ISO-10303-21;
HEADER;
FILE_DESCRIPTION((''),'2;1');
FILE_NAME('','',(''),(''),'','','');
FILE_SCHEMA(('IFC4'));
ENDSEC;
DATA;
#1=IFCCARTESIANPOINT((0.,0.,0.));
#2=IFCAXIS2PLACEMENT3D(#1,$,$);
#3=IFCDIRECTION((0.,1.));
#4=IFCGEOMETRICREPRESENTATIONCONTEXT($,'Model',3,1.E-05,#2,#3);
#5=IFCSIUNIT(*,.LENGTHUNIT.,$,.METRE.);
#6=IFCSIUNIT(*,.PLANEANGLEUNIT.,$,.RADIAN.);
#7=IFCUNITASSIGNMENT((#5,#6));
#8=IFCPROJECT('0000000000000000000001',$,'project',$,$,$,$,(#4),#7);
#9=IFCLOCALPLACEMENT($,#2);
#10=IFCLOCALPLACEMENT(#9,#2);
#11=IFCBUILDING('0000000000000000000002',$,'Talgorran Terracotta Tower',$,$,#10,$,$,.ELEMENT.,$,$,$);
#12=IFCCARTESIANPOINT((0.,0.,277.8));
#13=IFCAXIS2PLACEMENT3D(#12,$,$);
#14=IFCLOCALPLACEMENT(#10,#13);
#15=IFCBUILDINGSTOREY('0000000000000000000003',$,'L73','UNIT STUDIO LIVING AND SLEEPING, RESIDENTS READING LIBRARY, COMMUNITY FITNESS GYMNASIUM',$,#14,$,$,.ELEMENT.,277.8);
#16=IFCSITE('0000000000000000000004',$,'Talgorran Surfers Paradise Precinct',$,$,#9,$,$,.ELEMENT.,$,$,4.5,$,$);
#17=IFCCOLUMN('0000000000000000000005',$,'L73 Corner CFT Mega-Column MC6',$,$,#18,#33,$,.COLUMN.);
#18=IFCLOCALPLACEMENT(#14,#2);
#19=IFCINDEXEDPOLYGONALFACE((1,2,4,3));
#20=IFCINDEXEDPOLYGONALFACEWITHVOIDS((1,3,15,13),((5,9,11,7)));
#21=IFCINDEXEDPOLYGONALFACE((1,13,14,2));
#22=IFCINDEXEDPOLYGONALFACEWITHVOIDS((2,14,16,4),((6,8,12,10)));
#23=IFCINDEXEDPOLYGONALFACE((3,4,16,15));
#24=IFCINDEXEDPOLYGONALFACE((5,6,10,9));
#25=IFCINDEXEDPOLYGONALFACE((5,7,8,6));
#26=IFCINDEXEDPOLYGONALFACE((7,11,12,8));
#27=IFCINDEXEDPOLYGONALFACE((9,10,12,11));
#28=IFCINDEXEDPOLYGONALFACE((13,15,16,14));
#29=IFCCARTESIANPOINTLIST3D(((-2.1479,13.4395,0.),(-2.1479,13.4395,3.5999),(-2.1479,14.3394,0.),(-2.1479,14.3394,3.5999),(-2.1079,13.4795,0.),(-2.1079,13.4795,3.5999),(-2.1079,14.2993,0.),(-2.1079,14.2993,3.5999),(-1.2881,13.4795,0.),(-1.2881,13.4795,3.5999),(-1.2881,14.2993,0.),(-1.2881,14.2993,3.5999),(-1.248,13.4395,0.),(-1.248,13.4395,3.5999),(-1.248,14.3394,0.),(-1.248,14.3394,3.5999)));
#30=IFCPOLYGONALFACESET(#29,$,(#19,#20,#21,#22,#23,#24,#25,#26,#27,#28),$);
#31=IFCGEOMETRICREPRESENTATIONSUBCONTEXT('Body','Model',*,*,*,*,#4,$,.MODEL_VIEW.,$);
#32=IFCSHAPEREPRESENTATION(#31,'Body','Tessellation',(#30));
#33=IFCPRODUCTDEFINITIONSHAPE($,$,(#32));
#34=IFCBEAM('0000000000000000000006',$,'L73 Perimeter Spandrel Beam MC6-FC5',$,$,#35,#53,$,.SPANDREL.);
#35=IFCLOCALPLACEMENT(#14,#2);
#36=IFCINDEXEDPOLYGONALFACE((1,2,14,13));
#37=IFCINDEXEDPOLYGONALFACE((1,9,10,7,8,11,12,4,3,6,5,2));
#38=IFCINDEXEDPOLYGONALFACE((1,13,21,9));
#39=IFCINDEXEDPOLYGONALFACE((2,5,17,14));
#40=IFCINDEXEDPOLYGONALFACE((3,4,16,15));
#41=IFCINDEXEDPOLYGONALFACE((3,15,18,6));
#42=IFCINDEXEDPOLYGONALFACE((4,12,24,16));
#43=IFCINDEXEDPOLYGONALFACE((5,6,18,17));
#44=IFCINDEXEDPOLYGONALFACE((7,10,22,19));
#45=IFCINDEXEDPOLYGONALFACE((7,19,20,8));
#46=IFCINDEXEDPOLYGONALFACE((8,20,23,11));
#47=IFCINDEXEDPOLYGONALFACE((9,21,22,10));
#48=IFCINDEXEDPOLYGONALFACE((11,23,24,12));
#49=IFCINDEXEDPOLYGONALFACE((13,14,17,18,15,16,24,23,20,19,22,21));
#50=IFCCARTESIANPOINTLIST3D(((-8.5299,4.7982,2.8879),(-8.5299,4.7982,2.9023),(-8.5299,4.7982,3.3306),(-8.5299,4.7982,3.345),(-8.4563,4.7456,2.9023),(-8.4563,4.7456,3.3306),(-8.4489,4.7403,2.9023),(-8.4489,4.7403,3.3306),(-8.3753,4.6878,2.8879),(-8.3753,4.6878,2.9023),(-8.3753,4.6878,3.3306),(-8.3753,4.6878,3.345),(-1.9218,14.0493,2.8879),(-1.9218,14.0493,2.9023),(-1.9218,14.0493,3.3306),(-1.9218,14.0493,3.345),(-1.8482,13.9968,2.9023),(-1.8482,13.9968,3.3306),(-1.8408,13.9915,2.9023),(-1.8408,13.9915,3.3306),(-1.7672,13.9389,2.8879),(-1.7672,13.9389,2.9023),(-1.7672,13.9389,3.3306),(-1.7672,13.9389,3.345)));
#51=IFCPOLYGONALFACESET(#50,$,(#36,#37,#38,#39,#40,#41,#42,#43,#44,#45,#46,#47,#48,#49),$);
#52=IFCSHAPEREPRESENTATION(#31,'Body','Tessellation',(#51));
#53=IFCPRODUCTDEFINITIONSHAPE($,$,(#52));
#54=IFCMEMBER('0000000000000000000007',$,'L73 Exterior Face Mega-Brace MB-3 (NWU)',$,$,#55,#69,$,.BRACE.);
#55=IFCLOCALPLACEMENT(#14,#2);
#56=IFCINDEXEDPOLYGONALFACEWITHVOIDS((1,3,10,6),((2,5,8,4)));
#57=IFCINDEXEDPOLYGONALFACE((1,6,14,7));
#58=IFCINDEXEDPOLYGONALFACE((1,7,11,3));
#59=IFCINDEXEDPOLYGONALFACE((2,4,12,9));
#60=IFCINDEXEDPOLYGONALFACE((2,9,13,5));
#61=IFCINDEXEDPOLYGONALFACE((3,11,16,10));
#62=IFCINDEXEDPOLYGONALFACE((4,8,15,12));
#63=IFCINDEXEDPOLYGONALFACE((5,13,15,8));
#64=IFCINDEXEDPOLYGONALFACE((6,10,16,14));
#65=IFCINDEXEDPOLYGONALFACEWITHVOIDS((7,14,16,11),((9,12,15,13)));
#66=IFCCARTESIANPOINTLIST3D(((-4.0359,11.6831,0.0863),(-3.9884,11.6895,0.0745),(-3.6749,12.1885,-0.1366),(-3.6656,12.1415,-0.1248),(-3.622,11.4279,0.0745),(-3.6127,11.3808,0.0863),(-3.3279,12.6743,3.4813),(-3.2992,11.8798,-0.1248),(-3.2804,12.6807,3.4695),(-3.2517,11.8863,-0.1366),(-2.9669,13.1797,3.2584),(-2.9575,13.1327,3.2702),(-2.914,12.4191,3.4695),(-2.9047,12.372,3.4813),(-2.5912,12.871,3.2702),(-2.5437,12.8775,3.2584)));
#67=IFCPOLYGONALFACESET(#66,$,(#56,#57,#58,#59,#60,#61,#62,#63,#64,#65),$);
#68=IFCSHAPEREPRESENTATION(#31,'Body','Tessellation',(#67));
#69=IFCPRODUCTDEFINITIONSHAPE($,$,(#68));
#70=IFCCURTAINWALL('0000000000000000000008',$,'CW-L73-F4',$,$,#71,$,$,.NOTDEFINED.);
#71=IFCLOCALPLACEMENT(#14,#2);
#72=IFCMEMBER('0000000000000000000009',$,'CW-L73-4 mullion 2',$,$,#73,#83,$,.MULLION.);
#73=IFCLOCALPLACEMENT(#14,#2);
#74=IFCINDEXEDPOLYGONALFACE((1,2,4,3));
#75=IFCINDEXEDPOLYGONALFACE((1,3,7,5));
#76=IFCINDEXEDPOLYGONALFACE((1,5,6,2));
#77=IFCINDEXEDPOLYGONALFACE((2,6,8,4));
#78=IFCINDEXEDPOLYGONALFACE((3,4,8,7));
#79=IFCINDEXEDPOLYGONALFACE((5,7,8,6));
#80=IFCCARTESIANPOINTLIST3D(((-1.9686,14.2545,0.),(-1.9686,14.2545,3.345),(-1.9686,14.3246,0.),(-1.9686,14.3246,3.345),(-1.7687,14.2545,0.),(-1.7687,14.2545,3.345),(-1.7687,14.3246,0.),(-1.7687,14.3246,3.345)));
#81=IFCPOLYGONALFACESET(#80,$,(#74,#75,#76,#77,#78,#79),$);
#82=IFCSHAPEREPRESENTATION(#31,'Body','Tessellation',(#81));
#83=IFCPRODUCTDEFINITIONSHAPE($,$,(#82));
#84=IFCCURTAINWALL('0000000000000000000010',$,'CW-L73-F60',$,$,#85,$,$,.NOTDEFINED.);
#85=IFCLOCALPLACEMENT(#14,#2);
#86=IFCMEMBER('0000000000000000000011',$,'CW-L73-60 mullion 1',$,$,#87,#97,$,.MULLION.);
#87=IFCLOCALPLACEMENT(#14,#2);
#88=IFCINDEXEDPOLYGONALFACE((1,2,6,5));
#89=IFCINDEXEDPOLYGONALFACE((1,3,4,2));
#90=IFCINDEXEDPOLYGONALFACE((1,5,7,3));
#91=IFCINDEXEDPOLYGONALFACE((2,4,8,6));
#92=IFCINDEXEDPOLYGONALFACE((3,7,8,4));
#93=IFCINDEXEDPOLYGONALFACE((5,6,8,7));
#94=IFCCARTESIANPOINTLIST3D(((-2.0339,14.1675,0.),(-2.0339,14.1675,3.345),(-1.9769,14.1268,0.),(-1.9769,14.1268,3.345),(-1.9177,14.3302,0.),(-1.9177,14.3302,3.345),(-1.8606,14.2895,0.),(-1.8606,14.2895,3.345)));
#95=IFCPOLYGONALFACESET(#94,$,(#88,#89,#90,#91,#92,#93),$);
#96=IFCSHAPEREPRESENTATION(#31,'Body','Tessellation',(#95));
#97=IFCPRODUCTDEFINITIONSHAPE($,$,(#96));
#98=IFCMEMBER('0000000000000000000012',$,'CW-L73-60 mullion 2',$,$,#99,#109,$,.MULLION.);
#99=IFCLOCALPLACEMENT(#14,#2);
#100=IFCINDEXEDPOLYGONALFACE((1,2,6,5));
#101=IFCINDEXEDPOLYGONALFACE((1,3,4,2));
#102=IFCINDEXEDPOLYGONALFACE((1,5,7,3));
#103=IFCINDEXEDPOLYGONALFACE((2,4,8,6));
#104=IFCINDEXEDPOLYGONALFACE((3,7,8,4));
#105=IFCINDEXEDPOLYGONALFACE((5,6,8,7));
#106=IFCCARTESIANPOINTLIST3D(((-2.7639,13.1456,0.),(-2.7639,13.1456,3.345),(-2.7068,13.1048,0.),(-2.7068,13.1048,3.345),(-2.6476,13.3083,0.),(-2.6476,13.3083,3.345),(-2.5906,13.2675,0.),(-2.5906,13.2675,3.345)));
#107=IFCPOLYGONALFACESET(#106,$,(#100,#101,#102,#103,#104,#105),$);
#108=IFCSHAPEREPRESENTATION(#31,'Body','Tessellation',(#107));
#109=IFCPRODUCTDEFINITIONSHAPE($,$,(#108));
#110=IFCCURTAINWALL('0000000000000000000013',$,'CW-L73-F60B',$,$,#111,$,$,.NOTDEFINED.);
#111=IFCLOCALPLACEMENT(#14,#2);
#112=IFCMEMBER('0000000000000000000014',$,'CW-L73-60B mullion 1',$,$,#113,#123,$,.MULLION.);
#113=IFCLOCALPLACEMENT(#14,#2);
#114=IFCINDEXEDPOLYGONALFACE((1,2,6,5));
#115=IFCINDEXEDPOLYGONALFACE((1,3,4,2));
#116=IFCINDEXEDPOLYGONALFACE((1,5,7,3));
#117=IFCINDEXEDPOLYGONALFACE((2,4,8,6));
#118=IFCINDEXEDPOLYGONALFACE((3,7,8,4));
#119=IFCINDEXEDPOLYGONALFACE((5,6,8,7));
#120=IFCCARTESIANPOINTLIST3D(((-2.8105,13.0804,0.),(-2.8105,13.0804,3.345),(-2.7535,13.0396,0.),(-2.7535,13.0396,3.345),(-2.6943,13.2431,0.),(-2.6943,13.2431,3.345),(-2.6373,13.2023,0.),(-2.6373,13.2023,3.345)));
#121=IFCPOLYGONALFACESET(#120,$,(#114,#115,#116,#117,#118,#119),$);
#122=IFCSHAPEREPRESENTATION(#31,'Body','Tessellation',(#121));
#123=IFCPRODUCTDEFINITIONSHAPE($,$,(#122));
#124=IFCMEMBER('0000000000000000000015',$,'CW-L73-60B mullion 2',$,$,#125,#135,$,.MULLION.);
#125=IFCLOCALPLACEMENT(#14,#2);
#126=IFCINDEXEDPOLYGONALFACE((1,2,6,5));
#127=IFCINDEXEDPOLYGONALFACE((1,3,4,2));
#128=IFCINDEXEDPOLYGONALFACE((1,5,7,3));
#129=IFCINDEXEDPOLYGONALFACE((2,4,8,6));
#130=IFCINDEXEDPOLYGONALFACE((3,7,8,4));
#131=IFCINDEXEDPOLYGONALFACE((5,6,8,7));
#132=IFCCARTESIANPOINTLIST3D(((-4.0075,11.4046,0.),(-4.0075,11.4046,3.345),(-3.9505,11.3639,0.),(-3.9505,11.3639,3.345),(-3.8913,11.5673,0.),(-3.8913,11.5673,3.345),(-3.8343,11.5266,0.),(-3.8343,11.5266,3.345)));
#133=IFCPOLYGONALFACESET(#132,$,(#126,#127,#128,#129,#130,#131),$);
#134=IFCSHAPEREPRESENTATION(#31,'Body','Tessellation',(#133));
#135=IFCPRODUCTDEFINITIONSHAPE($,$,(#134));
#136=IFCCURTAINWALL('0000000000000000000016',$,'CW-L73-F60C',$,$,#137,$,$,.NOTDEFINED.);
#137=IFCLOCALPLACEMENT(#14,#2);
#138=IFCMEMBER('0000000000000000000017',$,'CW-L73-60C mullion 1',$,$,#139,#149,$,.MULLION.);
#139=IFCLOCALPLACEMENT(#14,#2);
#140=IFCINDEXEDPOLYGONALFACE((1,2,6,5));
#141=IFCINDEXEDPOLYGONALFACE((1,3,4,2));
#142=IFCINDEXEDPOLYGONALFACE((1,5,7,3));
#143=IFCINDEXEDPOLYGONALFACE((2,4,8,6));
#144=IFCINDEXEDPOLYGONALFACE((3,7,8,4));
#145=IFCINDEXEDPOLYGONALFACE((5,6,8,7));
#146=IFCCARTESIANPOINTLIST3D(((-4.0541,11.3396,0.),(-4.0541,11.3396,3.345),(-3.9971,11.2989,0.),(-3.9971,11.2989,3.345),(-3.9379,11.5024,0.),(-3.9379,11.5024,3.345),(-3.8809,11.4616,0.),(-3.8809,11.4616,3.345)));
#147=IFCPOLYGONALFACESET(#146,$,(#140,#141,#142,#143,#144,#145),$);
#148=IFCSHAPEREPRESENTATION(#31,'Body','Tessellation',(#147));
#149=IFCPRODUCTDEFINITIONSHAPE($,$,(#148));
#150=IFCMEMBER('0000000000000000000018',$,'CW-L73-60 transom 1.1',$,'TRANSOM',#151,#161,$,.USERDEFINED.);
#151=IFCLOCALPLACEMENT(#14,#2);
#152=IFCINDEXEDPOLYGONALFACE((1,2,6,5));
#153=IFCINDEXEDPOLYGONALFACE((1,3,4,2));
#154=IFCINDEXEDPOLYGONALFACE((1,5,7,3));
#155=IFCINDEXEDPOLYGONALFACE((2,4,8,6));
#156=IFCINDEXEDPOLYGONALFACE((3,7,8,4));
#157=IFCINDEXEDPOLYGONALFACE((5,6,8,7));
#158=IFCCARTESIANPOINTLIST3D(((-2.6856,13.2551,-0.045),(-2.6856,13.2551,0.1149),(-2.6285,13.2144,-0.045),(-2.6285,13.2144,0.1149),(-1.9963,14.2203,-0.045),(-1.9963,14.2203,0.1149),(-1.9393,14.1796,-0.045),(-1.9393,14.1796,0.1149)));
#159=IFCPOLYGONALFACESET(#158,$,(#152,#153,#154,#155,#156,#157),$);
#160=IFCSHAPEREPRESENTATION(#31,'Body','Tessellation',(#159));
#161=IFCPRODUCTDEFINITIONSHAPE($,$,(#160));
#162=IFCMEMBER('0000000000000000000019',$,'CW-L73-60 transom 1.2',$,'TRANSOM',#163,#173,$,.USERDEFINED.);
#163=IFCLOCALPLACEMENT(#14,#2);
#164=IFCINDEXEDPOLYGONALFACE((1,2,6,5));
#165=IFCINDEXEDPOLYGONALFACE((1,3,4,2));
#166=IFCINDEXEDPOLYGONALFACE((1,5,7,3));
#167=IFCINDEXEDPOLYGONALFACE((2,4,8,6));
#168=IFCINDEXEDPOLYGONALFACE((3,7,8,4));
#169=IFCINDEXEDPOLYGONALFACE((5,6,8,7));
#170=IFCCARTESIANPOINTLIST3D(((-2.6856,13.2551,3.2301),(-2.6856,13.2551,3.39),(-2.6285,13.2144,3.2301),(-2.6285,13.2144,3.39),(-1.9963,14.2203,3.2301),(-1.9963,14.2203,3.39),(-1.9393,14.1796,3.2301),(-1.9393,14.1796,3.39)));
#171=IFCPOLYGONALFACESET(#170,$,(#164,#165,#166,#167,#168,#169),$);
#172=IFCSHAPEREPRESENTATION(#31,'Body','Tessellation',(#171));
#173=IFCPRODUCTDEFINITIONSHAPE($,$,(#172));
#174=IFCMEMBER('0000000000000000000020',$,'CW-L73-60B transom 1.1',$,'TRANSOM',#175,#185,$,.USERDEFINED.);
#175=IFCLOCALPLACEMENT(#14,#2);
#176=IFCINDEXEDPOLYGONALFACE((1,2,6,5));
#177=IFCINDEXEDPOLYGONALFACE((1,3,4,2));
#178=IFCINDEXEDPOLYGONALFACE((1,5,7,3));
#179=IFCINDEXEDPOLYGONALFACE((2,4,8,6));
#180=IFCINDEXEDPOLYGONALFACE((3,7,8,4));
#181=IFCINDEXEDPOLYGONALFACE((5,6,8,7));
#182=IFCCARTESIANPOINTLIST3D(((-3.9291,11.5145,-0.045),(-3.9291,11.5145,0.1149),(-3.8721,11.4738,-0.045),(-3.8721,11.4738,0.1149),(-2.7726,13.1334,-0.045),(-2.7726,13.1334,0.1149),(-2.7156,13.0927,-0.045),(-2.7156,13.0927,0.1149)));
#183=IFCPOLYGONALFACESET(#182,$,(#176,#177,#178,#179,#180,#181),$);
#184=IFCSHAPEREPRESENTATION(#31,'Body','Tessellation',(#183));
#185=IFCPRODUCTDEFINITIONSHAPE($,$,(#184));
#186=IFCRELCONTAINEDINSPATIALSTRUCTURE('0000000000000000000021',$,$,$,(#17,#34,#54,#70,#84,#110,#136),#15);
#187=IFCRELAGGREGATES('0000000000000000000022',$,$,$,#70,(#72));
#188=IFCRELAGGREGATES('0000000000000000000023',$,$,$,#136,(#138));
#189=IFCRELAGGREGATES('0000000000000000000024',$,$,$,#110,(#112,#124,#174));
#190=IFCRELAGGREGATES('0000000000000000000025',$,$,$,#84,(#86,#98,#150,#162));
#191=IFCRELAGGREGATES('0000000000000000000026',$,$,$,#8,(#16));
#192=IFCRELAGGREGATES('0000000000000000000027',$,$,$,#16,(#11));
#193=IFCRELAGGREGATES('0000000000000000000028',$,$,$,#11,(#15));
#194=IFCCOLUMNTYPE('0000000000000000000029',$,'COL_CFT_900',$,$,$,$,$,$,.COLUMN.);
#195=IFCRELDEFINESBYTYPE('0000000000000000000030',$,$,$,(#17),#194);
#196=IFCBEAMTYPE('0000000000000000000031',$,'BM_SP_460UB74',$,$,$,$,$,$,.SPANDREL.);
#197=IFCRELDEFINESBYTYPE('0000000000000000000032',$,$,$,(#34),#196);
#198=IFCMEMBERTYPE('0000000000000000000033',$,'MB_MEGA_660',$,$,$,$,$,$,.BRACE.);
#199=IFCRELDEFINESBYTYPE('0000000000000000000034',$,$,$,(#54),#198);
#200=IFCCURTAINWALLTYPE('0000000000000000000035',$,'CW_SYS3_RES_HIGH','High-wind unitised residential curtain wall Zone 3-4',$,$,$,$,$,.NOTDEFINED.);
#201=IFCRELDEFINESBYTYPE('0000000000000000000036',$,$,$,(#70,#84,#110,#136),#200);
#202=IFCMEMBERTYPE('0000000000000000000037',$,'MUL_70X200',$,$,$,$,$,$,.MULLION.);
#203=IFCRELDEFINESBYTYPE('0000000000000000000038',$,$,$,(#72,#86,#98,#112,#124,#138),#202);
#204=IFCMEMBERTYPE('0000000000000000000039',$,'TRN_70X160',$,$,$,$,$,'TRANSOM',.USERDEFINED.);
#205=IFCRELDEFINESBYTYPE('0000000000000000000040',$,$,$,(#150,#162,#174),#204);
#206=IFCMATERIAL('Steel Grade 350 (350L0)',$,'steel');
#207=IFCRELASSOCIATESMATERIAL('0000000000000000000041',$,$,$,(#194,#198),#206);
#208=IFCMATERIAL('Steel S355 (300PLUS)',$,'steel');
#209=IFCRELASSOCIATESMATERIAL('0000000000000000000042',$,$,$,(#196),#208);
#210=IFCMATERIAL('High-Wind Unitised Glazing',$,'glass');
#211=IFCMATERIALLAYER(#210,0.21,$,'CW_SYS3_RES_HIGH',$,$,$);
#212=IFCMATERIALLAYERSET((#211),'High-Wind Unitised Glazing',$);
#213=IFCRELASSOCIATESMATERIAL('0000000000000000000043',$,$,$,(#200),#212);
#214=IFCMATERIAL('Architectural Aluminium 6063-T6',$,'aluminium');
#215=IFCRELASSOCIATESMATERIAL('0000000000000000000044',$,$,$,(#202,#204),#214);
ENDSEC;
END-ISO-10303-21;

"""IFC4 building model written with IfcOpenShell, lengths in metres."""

from ifc_helpers import new_model, si_unit, direction, frame, origin, origin_2d, place, context, subcontext, project, spatial, rectangle, hollow_rectangle, i_section, extrude, material, layer, layer_set, material_profile, profile_set, type_object, element, aggregate, save


model = new_model("IFC4")

# Units and contexts
model_context = context("Model", 3, precision=1e-05, world=origin(), true_north=direction((0.0, 1.0)))
body_context = subcontext(model_context, "Body", "Model", "MODEL_VIEW")
ifc_project = project(units=[si_unit("LENGTHUNIT", "METRE"), si_unit("PLANEANGLEUNIT", "RADIAN")], contexts=[model_context])

# Site, building, storey
site_placement = place(None, origin())
site = spatial("IfcSite", under=ifc_project, at=site_placement, Name="Talgorran Surfers Paradise Precinct", CompositionType="ELEMENT", RefElevation=4.5)
building_placement = place(site_placement, origin())
building = spatial("IfcBuilding", under=site, at=building_placement, Name="Talgorran Terracotta Tower", CompositionType="ELEMENT")
storey_placement = place(building_placement, frame((0.0, 0.0, 277.8)))
storey = spatial("IfcBuildingStorey", under=building, at=storey_placement, Name="L73", Description="UNIT STUDIO LIVING AND SLEEPING, RESIDENTS READING LIBRARY, COMMUNITY FITNESS GYMNASIUM", CompositionType="ELEMENT", Elevation=277.8)

# Column
ifc_material_1 = material(Name="Steel Grade 350 (350L0)", Category="steel")
ifc_material_profile_1 = material_profile(ifc_material_1, hollow_rectangle(XDim=0.8999, YDim=0.8999, WallThickness=0.04, at=origin_2d()), Name="CFT900X900X40")
ifc_profile_set_1 = profile_set([ifc_material_profile_1], Name="Steel Grade 350 (350L0)")
column_type = type_object("IfcColumnType", Name="COL_CFT_900", PredefinedType="COLUMN", material=ifc_profile_set_1)
column_placement = place(storey_placement, frame((-1.698, 13.8894, 0.0), z_axis=(0.0, 0.0, 1.0), x_axis=(1.0, 0.0, 0.0)))
element("IfcColumn", 1, at=column_placement, inside=storey, type_object=column_type, Name="L73 Corner CFT Mega-Column MC6", PredefinedType="COLUMN", context=body_context, shape_type="SweptSolid", body=[
    extrude(hollow_rectangle(XDim=0.8999, YDim=0.8999, WallThickness=0.04, at=origin_2d()), origin(), (0.0, 0.0, 1.0), 3.5999),
])

# Beam
ifc_material_2 = material(Name="Steel S355 (300PLUS)", Category="steel")
ifc_material_profile_2 = material_profile(ifc_material_2, i_section(OverallWidth=0.1899, OverallDepth=0.457, WebThickness=0.009, FlangeThickness=0.0144, at=origin_2d()), Name="460UB74.6")
ifc_profile_set_2 = profile_set([ifc_material_profile_2], Name="Steel S355 (300PLUS)")
beam_type = type_object("IfcBeamType", Name="BM_SP_460UB74", PredefinedType="SPANDREL", material=ifc_profile_set_2)
beam_placement = place(storey_placement, frame((-1.8445, 13.9941, 3.1165), z_axis=(-0.581246, -0.813728, 0.0), x_axis=(0.813728, -0.581246, 0.0)))
element("IfcBeam", 2, at=beam_placement, inside=storey, type_object=beam_type, Name="L73 Perimeter Spandrel Beam MC6-FC5", PredefinedType="SPANDREL", context=body_context, shape_type="SweptSolid", body=[
    extrude(i_section(OverallWidth=0.1899, OverallDepth=0.457, WebThickness=0.009, FlangeThickness=0.0144, at=origin_2d()), origin(), (0.0, 0.0, 1.0), 11.3689),
])

# Member
ifc_material_profile_3 = material_profile(ifc_material_1, hollow_rectangle(XDim=0.52, YDim=0.6599, WallThickness=0.0349, at=origin_2d()), Name="WBOX660X520X35")
ifc_profile_set_3 = profile_set([ifc_material_profile_3], Name="Steel Grade 350 (350L0)")
member_type_1 = type_object("IfcMemberType", Name="MB_MEGA_660", PredefinedType="BRACE", material=ifc_profile_set_3)
member_1_placement = place(storey_placement, frame((-3.6438, 11.7847, -0.0251), z_axis=(0.196291, 0.274807, 0.94125), x_axis=(-0.813733, 0.581238, 0.0)))
element("IfcMember", 3, at=member_1_placement, inside=storey, type_object=member_type_1, Name="L73 Exterior Face Mega-Brace MB-3 (NWU)", PredefinedType="BRACE", context=body_context, shape_type="SweptSolid", body=[
    extrude(hollow_rectangle(XDim=0.52, YDim=0.6599, WallThickness=0.0349, at=origin_2d()), origin(), (0.0, 0.0, 1.0), 3.6069),
])

# Curtain wall, member
ifc_material_3 = material(Name="High-Wind Unitised Glazing", Category="glass")
ifc_layer_1 = layer(ifc_material_3, 0.21, Name="CW_SYS3_RES_HIGH")
ifc_layer_set_1 = layer_set([ifc_layer_1], Name="High-Wind Unitised Glazing")
curtain_wall_type = type_object("IfcCurtainWallType", Name="CW_SYS3_RES_HIGH", Description="High-wind unitised residential curtain wall Zone 3-4", PredefinedType="NOTDEFINED", material=ifc_layer_set_1)
curtain_wall_1_placement = place(storey_placement, origin())
curtain_wall_1 = element("IfcCurtainWall", 4, at=curtain_wall_1_placement, inside=storey, type_object=curtain_wall_type, Name="CW-L73-F4", PredefinedType="NOTDEFINED")
ifc_material_4 = material(Name="Architectural Aluminium 6063-T6", Category="aluminium")
ifc_material_profile_4 = material_profile(ifc_material_4, rectangle(XDim=0.0701, YDim=0.2, at=origin_2d()), Name="CWM70X200")
ifc_profile_set_4 = profile_set([ifc_material_profile_4], Name="Architectural Aluminium 6063-T6")
member_type_2 = type_object("IfcMemberType", Name="MUL_70X200", PredefinedType="MULLION", material=ifc_profile_set_4)
member_2_placement = place(storey_placement, frame((-1.8687, 14.2896, 0.0), z_axis=(0.0, 0.0, 1.0), x_axis=(0.0, -1.0, 0.0)))
member_2 = element("IfcMember", 5, at=member_2_placement, type_object=member_type_2, Name="CW-L73-4 mullion 2", PredefinedType="MULLION", context=body_context, shape_type="SweptSolid", body=[
    extrude(rectangle(XDim=0.0701, YDim=0.2, at=origin_2d()), origin(), (0.0, 0.0, 1.0), 3.345),
])
aggregate(curtain_wall_1, [member_2])

# Curtain walls, members
curtain_wall_2_placement = place(storey_placement, origin())
curtain_wall_2 = element("IfcCurtainWall", 6, at=curtain_wall_2_placement, inside=storey, type_object=curtain_wall_type, Name="CW-L73-F60", PredefinedType="NOTDEFINED")
member_3_placement = place(storey_placement, frame((-1.9473, 14.2285, 0.0), z_axis=(0.0, 0.0, 1.0), x_axis=(0.813739, -0.581231, 0.0)))
member_3 = element("IfcMember", 7, at=member_3_placement, type_object=member_type_2, Name="CW-L73-60 mullion 1", PredefinedType="MULLION", context=body_context, shape_type="SweptSolid", body=[
    extrude(rectangle(XDim=0.0701, YDim=0.2, at=origin_2d()), origin(), (0.0, 0.0, 1.0), 3.345),
])
member_4_placement = place(storey_placement, frame((-2.6772, 13.2065, 0.0), z_axis=(0.0, 0.0, 1.0), x_axis=(0.813739, -0.581231, 0.0)))
member_4 = element("IfcMember", 8, at=member_4_placement, type_object=member_type_2, Name="CW-L73-60 mullion 2", PredefinedType="MULLION", context=body_context, shape_type="SweptSolid", body=[
    extrude(rectangle(XDim=0.0701, YDim=0.2, at=origin_2d()), origin(), (0.0, 0.0, 1.0), 3.345),
])
curtain_wall_3_placement = place(storey_placement, origin())
curtain_wall_3 = element("IfcCurtainWall", 9, at=curtain_wall_3_placement, inside=storey, type_object=curtain_wall_type, Name="CW-L73-F60B", PredefinedType="NOTDEFINED")
member_5_placement = place(storey_placement, frame((-2.7239, 13.1414, 0.0), z_axis=(0.0, 0.0, 1.0), x_axis=(0.813714, -0.581265, 0.0)))
member_5 = element("IfcMember", 10, at=member_5_placement, type_object=member_type_2, Name="CW-L73-60B mullion 1", PredefinedType="MULLION", context=body_context, shape_type="SweptSolid", body=[
    extrude(rectangle(XDim=0.0701, YDim=0.2, at=origin_2d()), origin(), (0.0, 0.0, 1.0), 3.345),
])
member_6_placement = place(storey_placement, frame((-3.9209, 11.4656, 0.0), z_axis=(0.0, 0.0, 1.0), x_axis=(0.813714, -0.581265, 0.0)))
member_6 = element("IfcMember", 11, at=member_6_placement, type_object=member_type_2, Name="CW-L73-60B mullion 2", PredefinedType="MULLION", context=body_context, shape_type="SweptSolid", body=[
    extrude(rectangle(XDim=0.0701, YDim=0.2, at=origin_2d()), origin(), (0.0, 0.0, 1.0), 3.345),
])

# Curtain wall, member
curtain_wall_4_placement = place(storey_placement, origin())
curtain_wall_4 = element("IfcCurtainWall", 12, at=curtain_wall_4_placement, inside=storey, type_object=curtain_wall_type, Name="CW-L73-F60C", PredefinedType="NOTDEFINED")
member_7_placement = place(storey_placement, frame((-3.9675, 11.4006, 0.0), z_axis=(0.0, 0.0, 1.0), x_axis=(0.813731, -0.581241, 0.0)))
member_7 = element("IfcMember", 13, at=member_7_placement, type_object=member_type_2, Name="CW-L73-60C mullion 1", PredefinedType="MULLION", context=body_context, shape_type="SweptSolid", body=[
    extrude(rectangle(XDim=0.0701, YDim=0.2, at=origin_2d()), origin(), (0.0, 0.0, 1.0), 3.345),
])

# Members
ifc_material_profile_5 = material_profile(ifc_material_4, rectangle(XDim=0.0701, YDim=0.1599, at=origin_2d()), Name="CWT70X160")
ifc_profile_set_5 = profile_set([ifc_material_profile_5], Name="Architectural Aluminium 6063-T6")
member_type_3 = type_object("IfcMemberType", Name="TRN_70X160", ElementType="TRANSOM", PredefinedType="USERDEFINED", material=ifc_profile_set_5)
member_8_placement = place(storey_placement, frame((-1.9678, 14.2, 0.0349), z_axis=(-0.58116, -0.813789, 0.0), x_axis=(0.813789, -0.58116, 0.0)))
member_8 = element("IfcMember", 14, at=member_8_placement, type_object=member_type_3, Name="CW-L73-60 transom 1.1", ObjectType="TRANSOM", PredefinedType="USERDEFINED", context=body_context, shape_type="SweptSolid", body=[
    extrude(rectangle(XDim=0.0701, YDim=0.1599, at=origin_2d()), origin(), (0.0, 0.0, 1.0), 1.186),
])
member_9_placement = place(storey_placement, frame((-1.9678, 14.2, 3.3101), z_axis=(-0.58116, -0.813789, 0.0), x_axis=(0.813789, -0.58116, 0.0)))
member_9 = element("IfcMember", 15, at=member_9_placement, type_object=member_type_3, Name="CW-L73-60 transom 1.2", ObjectType="TRANSOM", PredefinedType="USERDEFINED", context=body_context, shape_type="SweptSolid", body=[
    extrude(rectangle(XDim=0.0701, YDim=0.1599, at=origin_2d()), origin(), (0.0, 0.0, 1.0), 1.186),
])
member_10_placement = place(storey_placement, frame((-2.7441, 13.113, 0.0349), z_axis=(-0.581285, -0.8137, 0.0), x_axis=(0.8137, -0.581285, 0.0)))
member_10 = element("IfcMember", 16, at=member_10_placement, type_object=member_type_3, Name="CW-L73-60B transom 1.1", ObjectType="TRANSOM", PredefinedType="USERDEFINED", context=body_context, shape_type="SweptSolid", body=[
    extrude(rectangle(XDim=0.0701, YDim=0.1599, at=origin_2d()), origin(), (0.0, 0.0, 1.0), 1.9895),
])
aggregate(curtain_wall_4, [member_7])

aggregate(curtain_wall_3, [member_5, member_6, member_10])
aggregate(curtain_wall_2, [member_3, member_4, member_8, member_9])

save(model, "model.ifc")
